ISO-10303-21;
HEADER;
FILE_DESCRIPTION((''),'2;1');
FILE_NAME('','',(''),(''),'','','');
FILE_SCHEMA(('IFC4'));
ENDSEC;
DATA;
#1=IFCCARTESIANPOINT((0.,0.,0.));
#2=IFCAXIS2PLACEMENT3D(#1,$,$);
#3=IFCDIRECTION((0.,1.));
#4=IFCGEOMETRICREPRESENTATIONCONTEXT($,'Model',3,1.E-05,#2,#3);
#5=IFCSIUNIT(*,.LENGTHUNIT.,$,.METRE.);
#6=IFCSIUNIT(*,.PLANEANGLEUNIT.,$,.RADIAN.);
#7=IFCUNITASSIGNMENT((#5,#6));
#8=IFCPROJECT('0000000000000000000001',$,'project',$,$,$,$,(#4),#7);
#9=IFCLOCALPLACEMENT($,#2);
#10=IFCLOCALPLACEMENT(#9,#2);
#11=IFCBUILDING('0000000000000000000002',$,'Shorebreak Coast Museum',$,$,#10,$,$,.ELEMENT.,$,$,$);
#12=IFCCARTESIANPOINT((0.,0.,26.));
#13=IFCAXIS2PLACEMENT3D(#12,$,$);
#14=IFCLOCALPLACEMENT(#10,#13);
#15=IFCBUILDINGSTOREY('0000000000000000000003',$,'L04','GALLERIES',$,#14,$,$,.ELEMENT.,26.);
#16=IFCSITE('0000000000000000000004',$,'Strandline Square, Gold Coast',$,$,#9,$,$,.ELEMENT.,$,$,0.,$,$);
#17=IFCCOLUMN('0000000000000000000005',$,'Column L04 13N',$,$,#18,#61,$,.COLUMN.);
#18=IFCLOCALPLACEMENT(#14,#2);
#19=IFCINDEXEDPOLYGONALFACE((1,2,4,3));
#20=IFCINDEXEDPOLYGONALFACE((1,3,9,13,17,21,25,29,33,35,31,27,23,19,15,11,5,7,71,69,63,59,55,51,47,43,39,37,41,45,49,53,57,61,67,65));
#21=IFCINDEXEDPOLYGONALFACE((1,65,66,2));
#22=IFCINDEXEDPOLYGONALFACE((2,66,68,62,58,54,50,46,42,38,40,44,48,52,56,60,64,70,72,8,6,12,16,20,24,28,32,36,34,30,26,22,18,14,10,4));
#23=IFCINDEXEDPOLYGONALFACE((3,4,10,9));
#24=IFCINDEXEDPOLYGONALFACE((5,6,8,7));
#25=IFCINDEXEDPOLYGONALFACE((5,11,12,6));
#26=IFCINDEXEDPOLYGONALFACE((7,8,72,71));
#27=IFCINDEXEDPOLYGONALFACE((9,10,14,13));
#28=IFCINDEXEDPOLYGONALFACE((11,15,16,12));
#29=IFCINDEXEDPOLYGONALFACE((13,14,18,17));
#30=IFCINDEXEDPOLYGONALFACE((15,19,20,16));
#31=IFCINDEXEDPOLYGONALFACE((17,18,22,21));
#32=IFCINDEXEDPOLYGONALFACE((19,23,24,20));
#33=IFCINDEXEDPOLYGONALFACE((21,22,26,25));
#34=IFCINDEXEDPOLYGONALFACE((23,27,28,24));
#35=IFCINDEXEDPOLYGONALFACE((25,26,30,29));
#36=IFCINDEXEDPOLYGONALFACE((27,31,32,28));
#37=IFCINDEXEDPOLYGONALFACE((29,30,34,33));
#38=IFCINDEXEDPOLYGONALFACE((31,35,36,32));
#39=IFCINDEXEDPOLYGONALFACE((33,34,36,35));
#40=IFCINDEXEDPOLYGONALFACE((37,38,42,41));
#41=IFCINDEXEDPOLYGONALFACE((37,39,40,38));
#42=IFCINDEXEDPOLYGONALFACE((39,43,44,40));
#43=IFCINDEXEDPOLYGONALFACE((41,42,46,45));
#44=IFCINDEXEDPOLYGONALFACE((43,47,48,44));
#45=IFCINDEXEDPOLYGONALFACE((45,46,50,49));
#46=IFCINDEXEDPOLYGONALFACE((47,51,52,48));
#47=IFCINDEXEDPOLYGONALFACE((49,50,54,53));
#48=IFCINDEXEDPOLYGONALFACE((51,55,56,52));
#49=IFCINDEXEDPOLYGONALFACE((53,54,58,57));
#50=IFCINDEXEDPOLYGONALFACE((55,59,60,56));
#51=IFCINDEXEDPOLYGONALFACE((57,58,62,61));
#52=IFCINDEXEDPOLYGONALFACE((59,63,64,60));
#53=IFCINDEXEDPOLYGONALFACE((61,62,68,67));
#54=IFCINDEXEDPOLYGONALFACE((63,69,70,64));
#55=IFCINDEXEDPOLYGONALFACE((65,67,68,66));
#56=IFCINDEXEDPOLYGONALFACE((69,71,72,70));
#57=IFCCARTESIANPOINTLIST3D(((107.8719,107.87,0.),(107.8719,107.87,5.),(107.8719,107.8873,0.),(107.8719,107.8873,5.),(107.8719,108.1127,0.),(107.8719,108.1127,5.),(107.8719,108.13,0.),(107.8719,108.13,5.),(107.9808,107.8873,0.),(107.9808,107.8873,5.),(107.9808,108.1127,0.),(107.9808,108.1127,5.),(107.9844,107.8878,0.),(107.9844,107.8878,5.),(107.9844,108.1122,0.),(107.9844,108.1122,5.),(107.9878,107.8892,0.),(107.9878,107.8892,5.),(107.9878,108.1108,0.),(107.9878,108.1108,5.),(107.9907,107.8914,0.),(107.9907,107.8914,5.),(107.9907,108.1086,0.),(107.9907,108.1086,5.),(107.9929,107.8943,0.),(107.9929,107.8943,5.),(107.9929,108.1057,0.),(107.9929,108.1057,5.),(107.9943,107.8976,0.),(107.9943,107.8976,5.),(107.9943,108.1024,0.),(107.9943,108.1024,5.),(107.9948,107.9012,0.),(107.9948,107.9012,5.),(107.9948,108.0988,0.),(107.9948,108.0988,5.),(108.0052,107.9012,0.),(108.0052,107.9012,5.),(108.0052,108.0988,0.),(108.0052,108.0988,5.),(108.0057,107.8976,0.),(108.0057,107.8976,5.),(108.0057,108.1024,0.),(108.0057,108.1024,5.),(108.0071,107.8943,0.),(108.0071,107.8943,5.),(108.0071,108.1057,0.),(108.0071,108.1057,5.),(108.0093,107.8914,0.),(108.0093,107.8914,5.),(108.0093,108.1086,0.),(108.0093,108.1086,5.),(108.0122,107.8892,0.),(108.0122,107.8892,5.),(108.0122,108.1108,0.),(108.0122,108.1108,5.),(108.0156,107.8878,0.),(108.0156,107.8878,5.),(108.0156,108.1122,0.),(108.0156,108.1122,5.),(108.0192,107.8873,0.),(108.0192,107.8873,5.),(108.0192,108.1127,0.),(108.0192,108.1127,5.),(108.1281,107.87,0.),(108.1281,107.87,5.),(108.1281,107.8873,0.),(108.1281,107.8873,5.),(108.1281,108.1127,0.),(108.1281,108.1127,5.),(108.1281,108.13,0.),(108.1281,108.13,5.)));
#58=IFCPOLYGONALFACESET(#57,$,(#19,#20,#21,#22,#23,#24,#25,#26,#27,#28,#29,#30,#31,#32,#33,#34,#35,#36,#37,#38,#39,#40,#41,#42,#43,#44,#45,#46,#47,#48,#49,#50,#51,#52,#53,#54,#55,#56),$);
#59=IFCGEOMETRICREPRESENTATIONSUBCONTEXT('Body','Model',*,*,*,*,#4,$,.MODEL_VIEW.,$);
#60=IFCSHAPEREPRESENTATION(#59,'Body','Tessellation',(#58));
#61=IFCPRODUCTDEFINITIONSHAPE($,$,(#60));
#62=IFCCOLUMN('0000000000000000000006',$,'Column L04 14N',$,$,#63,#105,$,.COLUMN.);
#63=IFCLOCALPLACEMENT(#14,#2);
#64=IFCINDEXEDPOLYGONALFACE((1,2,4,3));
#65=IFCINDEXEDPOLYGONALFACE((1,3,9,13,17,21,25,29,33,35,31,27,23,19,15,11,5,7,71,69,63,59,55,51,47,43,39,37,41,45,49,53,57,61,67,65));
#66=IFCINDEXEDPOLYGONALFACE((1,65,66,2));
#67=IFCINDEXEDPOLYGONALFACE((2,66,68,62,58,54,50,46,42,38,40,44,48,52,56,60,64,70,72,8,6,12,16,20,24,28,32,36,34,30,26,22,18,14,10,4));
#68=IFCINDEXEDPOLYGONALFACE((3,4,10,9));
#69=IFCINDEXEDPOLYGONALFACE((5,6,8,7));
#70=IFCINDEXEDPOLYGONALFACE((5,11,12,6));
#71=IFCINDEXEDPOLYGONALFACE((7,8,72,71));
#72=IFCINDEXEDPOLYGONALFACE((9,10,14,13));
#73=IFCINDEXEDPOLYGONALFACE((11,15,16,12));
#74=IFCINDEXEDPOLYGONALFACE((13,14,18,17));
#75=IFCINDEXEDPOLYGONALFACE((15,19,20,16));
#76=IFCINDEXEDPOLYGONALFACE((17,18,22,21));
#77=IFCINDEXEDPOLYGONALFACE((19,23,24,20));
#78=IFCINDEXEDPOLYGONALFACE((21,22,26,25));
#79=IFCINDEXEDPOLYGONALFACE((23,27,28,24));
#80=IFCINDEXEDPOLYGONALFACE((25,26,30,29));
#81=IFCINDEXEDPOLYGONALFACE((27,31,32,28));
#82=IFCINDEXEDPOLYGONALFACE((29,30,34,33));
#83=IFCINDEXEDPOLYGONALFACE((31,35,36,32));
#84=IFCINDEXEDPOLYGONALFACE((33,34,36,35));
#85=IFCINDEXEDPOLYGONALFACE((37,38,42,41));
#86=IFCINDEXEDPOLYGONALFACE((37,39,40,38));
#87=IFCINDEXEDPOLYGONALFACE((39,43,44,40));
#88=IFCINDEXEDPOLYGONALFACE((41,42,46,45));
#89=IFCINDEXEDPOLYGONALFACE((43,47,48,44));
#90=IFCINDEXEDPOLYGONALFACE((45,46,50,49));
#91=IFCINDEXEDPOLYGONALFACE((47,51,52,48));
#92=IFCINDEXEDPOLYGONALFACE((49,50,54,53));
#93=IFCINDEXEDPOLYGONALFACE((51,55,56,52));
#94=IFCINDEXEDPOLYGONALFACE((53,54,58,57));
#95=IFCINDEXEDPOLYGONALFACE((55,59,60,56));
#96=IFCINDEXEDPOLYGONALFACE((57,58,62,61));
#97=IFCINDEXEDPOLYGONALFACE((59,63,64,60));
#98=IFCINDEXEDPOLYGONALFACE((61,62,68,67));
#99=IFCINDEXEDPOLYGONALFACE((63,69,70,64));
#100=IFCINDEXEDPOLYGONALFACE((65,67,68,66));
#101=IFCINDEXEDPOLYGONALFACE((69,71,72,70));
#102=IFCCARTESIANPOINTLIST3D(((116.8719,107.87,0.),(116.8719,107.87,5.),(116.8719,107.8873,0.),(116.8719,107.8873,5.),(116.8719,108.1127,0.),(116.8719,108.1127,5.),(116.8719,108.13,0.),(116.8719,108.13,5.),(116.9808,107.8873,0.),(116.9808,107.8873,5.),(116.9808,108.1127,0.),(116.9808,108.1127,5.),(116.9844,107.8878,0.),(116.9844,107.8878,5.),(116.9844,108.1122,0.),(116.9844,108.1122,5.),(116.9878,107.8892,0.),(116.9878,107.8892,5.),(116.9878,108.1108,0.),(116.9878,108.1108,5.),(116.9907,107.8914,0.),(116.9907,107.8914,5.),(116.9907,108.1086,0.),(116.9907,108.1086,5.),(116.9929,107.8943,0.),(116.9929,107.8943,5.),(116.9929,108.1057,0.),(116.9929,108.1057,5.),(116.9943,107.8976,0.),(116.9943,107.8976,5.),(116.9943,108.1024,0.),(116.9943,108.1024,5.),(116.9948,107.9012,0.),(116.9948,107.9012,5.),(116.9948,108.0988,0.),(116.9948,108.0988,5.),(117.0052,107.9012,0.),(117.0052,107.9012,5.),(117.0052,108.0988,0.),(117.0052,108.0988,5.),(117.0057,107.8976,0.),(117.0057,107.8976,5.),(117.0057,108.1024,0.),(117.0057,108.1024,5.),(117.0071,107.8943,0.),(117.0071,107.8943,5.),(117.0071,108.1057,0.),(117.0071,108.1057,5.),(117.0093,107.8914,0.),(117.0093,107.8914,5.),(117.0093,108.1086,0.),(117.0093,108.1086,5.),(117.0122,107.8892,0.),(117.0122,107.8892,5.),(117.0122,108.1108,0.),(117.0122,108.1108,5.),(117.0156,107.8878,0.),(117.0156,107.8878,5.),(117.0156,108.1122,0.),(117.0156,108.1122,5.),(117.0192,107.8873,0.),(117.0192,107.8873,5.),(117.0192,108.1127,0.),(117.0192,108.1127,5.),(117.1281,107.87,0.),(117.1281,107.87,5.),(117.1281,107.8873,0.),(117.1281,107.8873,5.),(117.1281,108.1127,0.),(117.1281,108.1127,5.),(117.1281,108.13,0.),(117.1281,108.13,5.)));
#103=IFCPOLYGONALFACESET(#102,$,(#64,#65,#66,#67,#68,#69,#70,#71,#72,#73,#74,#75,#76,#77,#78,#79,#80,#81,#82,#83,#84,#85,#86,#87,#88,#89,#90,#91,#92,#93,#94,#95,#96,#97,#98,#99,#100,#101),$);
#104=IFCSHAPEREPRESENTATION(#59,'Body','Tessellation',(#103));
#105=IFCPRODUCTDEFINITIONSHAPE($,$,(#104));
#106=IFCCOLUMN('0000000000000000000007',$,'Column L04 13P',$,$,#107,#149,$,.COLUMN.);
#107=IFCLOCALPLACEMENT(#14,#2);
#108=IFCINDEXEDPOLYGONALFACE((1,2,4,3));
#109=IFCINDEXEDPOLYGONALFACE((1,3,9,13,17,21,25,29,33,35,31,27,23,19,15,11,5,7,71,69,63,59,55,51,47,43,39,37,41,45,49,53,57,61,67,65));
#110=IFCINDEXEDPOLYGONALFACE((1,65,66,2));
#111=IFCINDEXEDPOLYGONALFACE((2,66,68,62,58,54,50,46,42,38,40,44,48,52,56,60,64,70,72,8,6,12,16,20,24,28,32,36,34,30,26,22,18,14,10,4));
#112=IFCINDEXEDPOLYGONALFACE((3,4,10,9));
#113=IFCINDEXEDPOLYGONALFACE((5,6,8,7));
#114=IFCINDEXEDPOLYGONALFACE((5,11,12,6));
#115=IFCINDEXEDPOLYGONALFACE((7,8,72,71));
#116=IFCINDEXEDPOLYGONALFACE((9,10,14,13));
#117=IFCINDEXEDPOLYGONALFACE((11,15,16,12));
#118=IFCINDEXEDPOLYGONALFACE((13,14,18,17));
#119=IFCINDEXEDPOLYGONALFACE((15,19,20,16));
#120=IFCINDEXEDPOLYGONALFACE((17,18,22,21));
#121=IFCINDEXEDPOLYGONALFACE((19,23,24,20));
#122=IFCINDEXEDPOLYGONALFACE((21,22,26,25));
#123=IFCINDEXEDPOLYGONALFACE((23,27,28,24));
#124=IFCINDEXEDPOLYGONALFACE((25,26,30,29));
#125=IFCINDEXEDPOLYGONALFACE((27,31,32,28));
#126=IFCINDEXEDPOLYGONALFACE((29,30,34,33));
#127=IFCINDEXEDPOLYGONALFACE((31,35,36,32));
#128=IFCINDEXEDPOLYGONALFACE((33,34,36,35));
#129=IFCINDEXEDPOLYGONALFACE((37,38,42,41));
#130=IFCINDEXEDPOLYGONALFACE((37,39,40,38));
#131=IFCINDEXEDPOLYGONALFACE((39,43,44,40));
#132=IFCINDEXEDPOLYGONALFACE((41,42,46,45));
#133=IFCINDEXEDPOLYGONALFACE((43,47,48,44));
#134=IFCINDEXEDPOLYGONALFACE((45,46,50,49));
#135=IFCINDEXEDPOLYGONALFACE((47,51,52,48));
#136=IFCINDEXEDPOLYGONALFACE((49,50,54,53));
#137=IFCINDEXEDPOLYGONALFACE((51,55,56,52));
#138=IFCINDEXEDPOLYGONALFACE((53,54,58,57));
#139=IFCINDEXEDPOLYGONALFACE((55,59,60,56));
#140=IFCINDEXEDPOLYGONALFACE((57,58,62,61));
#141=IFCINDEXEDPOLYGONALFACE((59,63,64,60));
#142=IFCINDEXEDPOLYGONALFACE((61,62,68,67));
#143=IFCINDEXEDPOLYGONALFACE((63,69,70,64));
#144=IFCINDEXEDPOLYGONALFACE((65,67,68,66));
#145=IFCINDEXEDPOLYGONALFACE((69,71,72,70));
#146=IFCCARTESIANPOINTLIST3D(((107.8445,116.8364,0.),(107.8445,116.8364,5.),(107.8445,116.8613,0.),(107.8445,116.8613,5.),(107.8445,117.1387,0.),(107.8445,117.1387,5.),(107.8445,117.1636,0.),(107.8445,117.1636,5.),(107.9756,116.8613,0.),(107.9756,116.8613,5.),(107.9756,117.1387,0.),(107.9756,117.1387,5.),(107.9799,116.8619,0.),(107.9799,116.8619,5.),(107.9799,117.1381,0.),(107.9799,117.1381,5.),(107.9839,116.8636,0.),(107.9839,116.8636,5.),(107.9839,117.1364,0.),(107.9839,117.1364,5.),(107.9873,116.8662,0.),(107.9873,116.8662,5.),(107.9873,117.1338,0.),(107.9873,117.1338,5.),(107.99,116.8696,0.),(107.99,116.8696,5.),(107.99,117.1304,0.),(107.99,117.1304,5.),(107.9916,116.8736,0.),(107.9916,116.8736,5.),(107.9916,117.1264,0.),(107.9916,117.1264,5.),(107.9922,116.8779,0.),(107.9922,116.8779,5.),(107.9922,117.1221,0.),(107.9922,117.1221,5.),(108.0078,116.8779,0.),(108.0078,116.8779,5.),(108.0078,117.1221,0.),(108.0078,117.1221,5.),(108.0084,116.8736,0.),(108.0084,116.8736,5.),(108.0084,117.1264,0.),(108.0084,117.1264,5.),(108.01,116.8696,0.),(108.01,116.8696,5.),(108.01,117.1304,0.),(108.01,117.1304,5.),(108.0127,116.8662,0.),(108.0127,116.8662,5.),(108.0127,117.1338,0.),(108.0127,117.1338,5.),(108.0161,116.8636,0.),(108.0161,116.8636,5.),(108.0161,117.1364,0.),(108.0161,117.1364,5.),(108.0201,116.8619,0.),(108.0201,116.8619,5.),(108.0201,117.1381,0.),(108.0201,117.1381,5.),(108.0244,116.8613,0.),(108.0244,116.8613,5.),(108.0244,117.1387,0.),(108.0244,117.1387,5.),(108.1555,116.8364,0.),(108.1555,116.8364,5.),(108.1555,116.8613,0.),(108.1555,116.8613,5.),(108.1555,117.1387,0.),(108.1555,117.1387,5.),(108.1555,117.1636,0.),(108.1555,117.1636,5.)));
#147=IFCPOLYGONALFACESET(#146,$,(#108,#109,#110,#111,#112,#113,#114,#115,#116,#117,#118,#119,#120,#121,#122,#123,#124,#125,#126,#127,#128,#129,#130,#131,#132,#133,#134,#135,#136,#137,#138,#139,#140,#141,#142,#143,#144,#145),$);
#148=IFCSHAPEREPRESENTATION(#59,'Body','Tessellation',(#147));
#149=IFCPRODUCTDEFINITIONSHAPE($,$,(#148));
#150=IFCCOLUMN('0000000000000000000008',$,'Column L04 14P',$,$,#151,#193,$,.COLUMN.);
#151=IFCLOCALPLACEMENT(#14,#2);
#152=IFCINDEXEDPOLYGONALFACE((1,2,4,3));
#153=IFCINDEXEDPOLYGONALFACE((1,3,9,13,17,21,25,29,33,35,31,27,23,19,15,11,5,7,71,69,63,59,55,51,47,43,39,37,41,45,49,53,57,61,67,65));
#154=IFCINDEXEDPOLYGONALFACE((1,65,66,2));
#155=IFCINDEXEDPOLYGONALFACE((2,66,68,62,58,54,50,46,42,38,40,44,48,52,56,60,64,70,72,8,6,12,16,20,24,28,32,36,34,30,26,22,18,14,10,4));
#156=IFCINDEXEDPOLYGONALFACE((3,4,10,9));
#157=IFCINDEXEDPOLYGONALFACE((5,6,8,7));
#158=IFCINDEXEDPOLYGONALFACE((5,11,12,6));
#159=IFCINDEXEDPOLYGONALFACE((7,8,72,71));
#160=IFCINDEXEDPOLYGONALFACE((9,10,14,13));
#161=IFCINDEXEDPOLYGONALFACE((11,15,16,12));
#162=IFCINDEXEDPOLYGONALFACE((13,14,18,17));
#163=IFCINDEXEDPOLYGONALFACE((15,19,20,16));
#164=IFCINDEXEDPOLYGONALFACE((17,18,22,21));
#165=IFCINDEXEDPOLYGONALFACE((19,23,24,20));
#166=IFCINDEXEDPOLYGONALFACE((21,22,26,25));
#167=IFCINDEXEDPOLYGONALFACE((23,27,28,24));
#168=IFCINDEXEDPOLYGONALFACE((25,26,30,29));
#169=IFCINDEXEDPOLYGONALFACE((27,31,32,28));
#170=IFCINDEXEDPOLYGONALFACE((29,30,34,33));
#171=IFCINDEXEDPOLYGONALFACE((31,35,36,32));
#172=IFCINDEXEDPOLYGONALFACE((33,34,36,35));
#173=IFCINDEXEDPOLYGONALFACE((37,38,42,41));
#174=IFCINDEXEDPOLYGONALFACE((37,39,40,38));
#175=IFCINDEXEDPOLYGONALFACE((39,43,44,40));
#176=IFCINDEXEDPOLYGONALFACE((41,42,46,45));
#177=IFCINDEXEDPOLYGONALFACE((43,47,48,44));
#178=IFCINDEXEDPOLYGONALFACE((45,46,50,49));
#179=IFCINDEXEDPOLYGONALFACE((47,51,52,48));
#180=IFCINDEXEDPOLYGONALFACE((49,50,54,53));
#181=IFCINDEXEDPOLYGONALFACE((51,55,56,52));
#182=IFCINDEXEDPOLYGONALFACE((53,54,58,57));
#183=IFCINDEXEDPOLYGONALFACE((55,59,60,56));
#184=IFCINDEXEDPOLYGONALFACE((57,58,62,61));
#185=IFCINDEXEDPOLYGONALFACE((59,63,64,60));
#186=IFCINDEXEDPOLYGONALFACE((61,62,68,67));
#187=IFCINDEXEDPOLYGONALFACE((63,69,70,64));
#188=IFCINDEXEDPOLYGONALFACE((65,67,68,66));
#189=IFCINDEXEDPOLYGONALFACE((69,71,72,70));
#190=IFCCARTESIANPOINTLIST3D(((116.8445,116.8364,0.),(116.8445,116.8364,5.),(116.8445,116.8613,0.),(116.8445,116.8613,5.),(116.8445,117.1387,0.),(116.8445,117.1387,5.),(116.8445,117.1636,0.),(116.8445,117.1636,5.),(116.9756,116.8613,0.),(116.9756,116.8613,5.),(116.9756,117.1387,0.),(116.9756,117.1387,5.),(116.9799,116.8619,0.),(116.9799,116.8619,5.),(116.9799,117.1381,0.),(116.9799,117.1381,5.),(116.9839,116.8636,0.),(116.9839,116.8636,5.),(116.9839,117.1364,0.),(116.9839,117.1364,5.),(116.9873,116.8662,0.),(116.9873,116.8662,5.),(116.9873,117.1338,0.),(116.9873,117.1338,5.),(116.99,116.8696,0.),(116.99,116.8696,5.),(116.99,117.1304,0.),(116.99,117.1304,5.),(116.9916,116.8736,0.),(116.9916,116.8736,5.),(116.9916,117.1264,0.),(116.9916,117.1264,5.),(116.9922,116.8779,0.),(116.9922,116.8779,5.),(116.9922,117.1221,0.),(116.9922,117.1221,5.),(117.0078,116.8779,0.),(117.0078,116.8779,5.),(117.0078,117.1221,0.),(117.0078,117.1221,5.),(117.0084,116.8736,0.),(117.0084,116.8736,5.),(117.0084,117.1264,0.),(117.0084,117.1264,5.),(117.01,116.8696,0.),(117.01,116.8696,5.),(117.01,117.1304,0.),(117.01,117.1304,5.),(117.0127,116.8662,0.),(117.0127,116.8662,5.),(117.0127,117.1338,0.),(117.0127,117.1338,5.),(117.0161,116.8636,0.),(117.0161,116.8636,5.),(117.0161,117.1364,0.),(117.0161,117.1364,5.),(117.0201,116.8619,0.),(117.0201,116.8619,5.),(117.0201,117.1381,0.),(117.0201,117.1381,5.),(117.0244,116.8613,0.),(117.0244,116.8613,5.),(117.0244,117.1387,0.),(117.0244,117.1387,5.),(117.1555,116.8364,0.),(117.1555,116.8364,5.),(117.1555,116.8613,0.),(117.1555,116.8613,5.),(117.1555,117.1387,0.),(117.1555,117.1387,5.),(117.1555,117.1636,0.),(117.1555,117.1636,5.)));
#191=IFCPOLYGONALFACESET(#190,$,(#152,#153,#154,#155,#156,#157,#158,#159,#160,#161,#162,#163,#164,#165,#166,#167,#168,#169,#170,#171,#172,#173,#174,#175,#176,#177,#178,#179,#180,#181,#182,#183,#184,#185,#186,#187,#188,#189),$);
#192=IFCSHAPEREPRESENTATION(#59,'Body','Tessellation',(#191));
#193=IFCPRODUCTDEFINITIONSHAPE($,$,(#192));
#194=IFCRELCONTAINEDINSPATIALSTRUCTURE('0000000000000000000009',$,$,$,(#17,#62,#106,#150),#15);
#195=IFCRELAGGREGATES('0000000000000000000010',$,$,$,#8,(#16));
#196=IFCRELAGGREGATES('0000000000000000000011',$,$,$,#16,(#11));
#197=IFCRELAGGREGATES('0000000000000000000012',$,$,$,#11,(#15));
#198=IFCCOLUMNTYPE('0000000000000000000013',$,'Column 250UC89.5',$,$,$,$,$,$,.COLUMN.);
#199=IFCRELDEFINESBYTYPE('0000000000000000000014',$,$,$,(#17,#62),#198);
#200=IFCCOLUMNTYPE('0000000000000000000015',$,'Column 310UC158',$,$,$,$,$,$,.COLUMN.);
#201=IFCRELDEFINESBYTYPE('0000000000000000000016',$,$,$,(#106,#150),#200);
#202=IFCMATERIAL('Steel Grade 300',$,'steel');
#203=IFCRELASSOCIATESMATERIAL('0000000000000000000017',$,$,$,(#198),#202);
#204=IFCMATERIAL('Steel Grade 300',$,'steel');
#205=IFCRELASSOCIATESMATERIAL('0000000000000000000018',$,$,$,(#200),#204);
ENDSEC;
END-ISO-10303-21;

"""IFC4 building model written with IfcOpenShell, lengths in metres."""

from ifc_helpers import new_model, si_unit, direction, frame, origin, origin_2d, place, context, subcontext, project, spatial, i_section, extrude, material, material_profile, profile_set, type_object, element, save


model = new_model("IFC4")

# Units and contexts
model_context = context("Model", 3, precision=1e-05, world=origin(), true_north=direction((0.0, 1.0)))
body_context = subcontext(model_context, "Body", "Model", "MODEL_VIEW")
ifc_project = project(units=[si_unit("LENGTHUNIT", "METRE"), si_unit("PLANEANGLEUNIT", "RADIAN")], contexts=[model_context])

# Site, building, storey
site_placement = place(None, origin())
site = spatial("IfcSite", under=ifc_project, at=site_placement, Name="Strandline Square, Gold Coast", CompositionType="ELEMENT", RefElevation=0.0)
building_placement = place(site_placement, origin())
building = spatial("IfcBuilding", under=site, at=building_placement, Name="Shorebreak Coast Museum", CompositionType="ELEMENT")
storey_placement = place(building_placement, frame((0.0, 0.0, 26.0)))
storey = spatial("IfcBuildingStorey", under=building, at=storey_placement, Name="L04", Description="GALLERIES", CompositionType="ELEMENT", Elevation=26.0)

# Columns
ifc_material_1 = material(Name="Steel Grade 300", Category="steel")
ifc_material_profile_1 = material_profile(ifc_material_1, i_section(OverallWidth=0.2561, OverallDepth=0.26, WebThickness=0.0105, FlangeThickness=0.0173, FilletRadius=0.0139, at=origin_2d()), Name="250UC89.5")
ifc_profile_set_1 = profile_set([ifc_material_profile_1], Name="Steel Grade 300")
column_type_1 = type_object("IfcColumnType", Name="Column 250UC89.5", PredefinedType="COLUMN", material=ifc_profile_set_1)
for number, where, z_axis, x_axis, name in (
    (1, (108.0, 108.0, 0.0), (0.0, 0.0, 1.0), (1.0, 0.0, 0.0), "Column L04 13N"),
    (2, (117.0, 108.0, 0.0), (0.0, 0.0, 1.0), (1.0, 0.0, 0.0), "Column L04 14N"),
):
    element("IfcColumn", number, at=place(storey_placement, frame(where, z_axis=z_axis, x_axis=x_axis)), inside=storey, type_object=column_type_1, Name=name, PredefinedType="COLUMN", context=body_context, shape_type="SweptSolid", body=[
        extrude(i_section(OverallWidth=0.2561, OverallDepth=0.26, WebThickness=0.0105, FlangeThickness=0.0173, FilletRadius=0.0139, at=origin_2d()), origin(), (0.0, 0.0, 1.0), 5.0),
    ])
ifc_material_2 = material(Name="Steel Grade 300", Category="steel")
ifc_material_profile_2 = material_profile(ifc_material_2, i_section(OverallWidth=0.311, OverallDepth=0.3271, WebThickness=0.0156, FlangeThickness=0.0249, FilletRadius=0.0166, at=origin_2d()), Name="310UC158")
ifc_profile_set_2 = profile_set([ifc_material_profile_2], Name="Steel Grade 300")
column_type_2 = type_object("IfcColumnType", Name="Column 310UC158", PredefinedType="COLUMN", material=ifc_profile_set_2)
for number, where, z_axis, x_axis, name in (
    (3, (108.0, 117.0, 0.0), (0.0, 0.0, 1.0), (1.0, 0.0, 0.0), "Column L04 13P"),
    (4, (117.0, 117.0, 0.0), (0.0, 0.0, 1.0), (1.0, 0.0, 0.0), "Column L04 14P"),
):
    element("IfcColumn", number, at=place(storey_placement, frame(where, z_axis=z_axis, x_axis=x_axis)), inside=storey, type_object=column_type_2, Name=name, PredefinedType="COLUMN", context=body_context, shape_type="SweptSolid", body=[
        extrude(i_section(OverallWidth=0.311, OverallDepth=0.3271, WebThickness=0.0156, FlangeThickness=0.0249, FilletRadius=0.0166, at=origin_2d()), origin(), (0.0, 0.0, 1.0), 5.0),
    ])

save(model, "model.ifc")
